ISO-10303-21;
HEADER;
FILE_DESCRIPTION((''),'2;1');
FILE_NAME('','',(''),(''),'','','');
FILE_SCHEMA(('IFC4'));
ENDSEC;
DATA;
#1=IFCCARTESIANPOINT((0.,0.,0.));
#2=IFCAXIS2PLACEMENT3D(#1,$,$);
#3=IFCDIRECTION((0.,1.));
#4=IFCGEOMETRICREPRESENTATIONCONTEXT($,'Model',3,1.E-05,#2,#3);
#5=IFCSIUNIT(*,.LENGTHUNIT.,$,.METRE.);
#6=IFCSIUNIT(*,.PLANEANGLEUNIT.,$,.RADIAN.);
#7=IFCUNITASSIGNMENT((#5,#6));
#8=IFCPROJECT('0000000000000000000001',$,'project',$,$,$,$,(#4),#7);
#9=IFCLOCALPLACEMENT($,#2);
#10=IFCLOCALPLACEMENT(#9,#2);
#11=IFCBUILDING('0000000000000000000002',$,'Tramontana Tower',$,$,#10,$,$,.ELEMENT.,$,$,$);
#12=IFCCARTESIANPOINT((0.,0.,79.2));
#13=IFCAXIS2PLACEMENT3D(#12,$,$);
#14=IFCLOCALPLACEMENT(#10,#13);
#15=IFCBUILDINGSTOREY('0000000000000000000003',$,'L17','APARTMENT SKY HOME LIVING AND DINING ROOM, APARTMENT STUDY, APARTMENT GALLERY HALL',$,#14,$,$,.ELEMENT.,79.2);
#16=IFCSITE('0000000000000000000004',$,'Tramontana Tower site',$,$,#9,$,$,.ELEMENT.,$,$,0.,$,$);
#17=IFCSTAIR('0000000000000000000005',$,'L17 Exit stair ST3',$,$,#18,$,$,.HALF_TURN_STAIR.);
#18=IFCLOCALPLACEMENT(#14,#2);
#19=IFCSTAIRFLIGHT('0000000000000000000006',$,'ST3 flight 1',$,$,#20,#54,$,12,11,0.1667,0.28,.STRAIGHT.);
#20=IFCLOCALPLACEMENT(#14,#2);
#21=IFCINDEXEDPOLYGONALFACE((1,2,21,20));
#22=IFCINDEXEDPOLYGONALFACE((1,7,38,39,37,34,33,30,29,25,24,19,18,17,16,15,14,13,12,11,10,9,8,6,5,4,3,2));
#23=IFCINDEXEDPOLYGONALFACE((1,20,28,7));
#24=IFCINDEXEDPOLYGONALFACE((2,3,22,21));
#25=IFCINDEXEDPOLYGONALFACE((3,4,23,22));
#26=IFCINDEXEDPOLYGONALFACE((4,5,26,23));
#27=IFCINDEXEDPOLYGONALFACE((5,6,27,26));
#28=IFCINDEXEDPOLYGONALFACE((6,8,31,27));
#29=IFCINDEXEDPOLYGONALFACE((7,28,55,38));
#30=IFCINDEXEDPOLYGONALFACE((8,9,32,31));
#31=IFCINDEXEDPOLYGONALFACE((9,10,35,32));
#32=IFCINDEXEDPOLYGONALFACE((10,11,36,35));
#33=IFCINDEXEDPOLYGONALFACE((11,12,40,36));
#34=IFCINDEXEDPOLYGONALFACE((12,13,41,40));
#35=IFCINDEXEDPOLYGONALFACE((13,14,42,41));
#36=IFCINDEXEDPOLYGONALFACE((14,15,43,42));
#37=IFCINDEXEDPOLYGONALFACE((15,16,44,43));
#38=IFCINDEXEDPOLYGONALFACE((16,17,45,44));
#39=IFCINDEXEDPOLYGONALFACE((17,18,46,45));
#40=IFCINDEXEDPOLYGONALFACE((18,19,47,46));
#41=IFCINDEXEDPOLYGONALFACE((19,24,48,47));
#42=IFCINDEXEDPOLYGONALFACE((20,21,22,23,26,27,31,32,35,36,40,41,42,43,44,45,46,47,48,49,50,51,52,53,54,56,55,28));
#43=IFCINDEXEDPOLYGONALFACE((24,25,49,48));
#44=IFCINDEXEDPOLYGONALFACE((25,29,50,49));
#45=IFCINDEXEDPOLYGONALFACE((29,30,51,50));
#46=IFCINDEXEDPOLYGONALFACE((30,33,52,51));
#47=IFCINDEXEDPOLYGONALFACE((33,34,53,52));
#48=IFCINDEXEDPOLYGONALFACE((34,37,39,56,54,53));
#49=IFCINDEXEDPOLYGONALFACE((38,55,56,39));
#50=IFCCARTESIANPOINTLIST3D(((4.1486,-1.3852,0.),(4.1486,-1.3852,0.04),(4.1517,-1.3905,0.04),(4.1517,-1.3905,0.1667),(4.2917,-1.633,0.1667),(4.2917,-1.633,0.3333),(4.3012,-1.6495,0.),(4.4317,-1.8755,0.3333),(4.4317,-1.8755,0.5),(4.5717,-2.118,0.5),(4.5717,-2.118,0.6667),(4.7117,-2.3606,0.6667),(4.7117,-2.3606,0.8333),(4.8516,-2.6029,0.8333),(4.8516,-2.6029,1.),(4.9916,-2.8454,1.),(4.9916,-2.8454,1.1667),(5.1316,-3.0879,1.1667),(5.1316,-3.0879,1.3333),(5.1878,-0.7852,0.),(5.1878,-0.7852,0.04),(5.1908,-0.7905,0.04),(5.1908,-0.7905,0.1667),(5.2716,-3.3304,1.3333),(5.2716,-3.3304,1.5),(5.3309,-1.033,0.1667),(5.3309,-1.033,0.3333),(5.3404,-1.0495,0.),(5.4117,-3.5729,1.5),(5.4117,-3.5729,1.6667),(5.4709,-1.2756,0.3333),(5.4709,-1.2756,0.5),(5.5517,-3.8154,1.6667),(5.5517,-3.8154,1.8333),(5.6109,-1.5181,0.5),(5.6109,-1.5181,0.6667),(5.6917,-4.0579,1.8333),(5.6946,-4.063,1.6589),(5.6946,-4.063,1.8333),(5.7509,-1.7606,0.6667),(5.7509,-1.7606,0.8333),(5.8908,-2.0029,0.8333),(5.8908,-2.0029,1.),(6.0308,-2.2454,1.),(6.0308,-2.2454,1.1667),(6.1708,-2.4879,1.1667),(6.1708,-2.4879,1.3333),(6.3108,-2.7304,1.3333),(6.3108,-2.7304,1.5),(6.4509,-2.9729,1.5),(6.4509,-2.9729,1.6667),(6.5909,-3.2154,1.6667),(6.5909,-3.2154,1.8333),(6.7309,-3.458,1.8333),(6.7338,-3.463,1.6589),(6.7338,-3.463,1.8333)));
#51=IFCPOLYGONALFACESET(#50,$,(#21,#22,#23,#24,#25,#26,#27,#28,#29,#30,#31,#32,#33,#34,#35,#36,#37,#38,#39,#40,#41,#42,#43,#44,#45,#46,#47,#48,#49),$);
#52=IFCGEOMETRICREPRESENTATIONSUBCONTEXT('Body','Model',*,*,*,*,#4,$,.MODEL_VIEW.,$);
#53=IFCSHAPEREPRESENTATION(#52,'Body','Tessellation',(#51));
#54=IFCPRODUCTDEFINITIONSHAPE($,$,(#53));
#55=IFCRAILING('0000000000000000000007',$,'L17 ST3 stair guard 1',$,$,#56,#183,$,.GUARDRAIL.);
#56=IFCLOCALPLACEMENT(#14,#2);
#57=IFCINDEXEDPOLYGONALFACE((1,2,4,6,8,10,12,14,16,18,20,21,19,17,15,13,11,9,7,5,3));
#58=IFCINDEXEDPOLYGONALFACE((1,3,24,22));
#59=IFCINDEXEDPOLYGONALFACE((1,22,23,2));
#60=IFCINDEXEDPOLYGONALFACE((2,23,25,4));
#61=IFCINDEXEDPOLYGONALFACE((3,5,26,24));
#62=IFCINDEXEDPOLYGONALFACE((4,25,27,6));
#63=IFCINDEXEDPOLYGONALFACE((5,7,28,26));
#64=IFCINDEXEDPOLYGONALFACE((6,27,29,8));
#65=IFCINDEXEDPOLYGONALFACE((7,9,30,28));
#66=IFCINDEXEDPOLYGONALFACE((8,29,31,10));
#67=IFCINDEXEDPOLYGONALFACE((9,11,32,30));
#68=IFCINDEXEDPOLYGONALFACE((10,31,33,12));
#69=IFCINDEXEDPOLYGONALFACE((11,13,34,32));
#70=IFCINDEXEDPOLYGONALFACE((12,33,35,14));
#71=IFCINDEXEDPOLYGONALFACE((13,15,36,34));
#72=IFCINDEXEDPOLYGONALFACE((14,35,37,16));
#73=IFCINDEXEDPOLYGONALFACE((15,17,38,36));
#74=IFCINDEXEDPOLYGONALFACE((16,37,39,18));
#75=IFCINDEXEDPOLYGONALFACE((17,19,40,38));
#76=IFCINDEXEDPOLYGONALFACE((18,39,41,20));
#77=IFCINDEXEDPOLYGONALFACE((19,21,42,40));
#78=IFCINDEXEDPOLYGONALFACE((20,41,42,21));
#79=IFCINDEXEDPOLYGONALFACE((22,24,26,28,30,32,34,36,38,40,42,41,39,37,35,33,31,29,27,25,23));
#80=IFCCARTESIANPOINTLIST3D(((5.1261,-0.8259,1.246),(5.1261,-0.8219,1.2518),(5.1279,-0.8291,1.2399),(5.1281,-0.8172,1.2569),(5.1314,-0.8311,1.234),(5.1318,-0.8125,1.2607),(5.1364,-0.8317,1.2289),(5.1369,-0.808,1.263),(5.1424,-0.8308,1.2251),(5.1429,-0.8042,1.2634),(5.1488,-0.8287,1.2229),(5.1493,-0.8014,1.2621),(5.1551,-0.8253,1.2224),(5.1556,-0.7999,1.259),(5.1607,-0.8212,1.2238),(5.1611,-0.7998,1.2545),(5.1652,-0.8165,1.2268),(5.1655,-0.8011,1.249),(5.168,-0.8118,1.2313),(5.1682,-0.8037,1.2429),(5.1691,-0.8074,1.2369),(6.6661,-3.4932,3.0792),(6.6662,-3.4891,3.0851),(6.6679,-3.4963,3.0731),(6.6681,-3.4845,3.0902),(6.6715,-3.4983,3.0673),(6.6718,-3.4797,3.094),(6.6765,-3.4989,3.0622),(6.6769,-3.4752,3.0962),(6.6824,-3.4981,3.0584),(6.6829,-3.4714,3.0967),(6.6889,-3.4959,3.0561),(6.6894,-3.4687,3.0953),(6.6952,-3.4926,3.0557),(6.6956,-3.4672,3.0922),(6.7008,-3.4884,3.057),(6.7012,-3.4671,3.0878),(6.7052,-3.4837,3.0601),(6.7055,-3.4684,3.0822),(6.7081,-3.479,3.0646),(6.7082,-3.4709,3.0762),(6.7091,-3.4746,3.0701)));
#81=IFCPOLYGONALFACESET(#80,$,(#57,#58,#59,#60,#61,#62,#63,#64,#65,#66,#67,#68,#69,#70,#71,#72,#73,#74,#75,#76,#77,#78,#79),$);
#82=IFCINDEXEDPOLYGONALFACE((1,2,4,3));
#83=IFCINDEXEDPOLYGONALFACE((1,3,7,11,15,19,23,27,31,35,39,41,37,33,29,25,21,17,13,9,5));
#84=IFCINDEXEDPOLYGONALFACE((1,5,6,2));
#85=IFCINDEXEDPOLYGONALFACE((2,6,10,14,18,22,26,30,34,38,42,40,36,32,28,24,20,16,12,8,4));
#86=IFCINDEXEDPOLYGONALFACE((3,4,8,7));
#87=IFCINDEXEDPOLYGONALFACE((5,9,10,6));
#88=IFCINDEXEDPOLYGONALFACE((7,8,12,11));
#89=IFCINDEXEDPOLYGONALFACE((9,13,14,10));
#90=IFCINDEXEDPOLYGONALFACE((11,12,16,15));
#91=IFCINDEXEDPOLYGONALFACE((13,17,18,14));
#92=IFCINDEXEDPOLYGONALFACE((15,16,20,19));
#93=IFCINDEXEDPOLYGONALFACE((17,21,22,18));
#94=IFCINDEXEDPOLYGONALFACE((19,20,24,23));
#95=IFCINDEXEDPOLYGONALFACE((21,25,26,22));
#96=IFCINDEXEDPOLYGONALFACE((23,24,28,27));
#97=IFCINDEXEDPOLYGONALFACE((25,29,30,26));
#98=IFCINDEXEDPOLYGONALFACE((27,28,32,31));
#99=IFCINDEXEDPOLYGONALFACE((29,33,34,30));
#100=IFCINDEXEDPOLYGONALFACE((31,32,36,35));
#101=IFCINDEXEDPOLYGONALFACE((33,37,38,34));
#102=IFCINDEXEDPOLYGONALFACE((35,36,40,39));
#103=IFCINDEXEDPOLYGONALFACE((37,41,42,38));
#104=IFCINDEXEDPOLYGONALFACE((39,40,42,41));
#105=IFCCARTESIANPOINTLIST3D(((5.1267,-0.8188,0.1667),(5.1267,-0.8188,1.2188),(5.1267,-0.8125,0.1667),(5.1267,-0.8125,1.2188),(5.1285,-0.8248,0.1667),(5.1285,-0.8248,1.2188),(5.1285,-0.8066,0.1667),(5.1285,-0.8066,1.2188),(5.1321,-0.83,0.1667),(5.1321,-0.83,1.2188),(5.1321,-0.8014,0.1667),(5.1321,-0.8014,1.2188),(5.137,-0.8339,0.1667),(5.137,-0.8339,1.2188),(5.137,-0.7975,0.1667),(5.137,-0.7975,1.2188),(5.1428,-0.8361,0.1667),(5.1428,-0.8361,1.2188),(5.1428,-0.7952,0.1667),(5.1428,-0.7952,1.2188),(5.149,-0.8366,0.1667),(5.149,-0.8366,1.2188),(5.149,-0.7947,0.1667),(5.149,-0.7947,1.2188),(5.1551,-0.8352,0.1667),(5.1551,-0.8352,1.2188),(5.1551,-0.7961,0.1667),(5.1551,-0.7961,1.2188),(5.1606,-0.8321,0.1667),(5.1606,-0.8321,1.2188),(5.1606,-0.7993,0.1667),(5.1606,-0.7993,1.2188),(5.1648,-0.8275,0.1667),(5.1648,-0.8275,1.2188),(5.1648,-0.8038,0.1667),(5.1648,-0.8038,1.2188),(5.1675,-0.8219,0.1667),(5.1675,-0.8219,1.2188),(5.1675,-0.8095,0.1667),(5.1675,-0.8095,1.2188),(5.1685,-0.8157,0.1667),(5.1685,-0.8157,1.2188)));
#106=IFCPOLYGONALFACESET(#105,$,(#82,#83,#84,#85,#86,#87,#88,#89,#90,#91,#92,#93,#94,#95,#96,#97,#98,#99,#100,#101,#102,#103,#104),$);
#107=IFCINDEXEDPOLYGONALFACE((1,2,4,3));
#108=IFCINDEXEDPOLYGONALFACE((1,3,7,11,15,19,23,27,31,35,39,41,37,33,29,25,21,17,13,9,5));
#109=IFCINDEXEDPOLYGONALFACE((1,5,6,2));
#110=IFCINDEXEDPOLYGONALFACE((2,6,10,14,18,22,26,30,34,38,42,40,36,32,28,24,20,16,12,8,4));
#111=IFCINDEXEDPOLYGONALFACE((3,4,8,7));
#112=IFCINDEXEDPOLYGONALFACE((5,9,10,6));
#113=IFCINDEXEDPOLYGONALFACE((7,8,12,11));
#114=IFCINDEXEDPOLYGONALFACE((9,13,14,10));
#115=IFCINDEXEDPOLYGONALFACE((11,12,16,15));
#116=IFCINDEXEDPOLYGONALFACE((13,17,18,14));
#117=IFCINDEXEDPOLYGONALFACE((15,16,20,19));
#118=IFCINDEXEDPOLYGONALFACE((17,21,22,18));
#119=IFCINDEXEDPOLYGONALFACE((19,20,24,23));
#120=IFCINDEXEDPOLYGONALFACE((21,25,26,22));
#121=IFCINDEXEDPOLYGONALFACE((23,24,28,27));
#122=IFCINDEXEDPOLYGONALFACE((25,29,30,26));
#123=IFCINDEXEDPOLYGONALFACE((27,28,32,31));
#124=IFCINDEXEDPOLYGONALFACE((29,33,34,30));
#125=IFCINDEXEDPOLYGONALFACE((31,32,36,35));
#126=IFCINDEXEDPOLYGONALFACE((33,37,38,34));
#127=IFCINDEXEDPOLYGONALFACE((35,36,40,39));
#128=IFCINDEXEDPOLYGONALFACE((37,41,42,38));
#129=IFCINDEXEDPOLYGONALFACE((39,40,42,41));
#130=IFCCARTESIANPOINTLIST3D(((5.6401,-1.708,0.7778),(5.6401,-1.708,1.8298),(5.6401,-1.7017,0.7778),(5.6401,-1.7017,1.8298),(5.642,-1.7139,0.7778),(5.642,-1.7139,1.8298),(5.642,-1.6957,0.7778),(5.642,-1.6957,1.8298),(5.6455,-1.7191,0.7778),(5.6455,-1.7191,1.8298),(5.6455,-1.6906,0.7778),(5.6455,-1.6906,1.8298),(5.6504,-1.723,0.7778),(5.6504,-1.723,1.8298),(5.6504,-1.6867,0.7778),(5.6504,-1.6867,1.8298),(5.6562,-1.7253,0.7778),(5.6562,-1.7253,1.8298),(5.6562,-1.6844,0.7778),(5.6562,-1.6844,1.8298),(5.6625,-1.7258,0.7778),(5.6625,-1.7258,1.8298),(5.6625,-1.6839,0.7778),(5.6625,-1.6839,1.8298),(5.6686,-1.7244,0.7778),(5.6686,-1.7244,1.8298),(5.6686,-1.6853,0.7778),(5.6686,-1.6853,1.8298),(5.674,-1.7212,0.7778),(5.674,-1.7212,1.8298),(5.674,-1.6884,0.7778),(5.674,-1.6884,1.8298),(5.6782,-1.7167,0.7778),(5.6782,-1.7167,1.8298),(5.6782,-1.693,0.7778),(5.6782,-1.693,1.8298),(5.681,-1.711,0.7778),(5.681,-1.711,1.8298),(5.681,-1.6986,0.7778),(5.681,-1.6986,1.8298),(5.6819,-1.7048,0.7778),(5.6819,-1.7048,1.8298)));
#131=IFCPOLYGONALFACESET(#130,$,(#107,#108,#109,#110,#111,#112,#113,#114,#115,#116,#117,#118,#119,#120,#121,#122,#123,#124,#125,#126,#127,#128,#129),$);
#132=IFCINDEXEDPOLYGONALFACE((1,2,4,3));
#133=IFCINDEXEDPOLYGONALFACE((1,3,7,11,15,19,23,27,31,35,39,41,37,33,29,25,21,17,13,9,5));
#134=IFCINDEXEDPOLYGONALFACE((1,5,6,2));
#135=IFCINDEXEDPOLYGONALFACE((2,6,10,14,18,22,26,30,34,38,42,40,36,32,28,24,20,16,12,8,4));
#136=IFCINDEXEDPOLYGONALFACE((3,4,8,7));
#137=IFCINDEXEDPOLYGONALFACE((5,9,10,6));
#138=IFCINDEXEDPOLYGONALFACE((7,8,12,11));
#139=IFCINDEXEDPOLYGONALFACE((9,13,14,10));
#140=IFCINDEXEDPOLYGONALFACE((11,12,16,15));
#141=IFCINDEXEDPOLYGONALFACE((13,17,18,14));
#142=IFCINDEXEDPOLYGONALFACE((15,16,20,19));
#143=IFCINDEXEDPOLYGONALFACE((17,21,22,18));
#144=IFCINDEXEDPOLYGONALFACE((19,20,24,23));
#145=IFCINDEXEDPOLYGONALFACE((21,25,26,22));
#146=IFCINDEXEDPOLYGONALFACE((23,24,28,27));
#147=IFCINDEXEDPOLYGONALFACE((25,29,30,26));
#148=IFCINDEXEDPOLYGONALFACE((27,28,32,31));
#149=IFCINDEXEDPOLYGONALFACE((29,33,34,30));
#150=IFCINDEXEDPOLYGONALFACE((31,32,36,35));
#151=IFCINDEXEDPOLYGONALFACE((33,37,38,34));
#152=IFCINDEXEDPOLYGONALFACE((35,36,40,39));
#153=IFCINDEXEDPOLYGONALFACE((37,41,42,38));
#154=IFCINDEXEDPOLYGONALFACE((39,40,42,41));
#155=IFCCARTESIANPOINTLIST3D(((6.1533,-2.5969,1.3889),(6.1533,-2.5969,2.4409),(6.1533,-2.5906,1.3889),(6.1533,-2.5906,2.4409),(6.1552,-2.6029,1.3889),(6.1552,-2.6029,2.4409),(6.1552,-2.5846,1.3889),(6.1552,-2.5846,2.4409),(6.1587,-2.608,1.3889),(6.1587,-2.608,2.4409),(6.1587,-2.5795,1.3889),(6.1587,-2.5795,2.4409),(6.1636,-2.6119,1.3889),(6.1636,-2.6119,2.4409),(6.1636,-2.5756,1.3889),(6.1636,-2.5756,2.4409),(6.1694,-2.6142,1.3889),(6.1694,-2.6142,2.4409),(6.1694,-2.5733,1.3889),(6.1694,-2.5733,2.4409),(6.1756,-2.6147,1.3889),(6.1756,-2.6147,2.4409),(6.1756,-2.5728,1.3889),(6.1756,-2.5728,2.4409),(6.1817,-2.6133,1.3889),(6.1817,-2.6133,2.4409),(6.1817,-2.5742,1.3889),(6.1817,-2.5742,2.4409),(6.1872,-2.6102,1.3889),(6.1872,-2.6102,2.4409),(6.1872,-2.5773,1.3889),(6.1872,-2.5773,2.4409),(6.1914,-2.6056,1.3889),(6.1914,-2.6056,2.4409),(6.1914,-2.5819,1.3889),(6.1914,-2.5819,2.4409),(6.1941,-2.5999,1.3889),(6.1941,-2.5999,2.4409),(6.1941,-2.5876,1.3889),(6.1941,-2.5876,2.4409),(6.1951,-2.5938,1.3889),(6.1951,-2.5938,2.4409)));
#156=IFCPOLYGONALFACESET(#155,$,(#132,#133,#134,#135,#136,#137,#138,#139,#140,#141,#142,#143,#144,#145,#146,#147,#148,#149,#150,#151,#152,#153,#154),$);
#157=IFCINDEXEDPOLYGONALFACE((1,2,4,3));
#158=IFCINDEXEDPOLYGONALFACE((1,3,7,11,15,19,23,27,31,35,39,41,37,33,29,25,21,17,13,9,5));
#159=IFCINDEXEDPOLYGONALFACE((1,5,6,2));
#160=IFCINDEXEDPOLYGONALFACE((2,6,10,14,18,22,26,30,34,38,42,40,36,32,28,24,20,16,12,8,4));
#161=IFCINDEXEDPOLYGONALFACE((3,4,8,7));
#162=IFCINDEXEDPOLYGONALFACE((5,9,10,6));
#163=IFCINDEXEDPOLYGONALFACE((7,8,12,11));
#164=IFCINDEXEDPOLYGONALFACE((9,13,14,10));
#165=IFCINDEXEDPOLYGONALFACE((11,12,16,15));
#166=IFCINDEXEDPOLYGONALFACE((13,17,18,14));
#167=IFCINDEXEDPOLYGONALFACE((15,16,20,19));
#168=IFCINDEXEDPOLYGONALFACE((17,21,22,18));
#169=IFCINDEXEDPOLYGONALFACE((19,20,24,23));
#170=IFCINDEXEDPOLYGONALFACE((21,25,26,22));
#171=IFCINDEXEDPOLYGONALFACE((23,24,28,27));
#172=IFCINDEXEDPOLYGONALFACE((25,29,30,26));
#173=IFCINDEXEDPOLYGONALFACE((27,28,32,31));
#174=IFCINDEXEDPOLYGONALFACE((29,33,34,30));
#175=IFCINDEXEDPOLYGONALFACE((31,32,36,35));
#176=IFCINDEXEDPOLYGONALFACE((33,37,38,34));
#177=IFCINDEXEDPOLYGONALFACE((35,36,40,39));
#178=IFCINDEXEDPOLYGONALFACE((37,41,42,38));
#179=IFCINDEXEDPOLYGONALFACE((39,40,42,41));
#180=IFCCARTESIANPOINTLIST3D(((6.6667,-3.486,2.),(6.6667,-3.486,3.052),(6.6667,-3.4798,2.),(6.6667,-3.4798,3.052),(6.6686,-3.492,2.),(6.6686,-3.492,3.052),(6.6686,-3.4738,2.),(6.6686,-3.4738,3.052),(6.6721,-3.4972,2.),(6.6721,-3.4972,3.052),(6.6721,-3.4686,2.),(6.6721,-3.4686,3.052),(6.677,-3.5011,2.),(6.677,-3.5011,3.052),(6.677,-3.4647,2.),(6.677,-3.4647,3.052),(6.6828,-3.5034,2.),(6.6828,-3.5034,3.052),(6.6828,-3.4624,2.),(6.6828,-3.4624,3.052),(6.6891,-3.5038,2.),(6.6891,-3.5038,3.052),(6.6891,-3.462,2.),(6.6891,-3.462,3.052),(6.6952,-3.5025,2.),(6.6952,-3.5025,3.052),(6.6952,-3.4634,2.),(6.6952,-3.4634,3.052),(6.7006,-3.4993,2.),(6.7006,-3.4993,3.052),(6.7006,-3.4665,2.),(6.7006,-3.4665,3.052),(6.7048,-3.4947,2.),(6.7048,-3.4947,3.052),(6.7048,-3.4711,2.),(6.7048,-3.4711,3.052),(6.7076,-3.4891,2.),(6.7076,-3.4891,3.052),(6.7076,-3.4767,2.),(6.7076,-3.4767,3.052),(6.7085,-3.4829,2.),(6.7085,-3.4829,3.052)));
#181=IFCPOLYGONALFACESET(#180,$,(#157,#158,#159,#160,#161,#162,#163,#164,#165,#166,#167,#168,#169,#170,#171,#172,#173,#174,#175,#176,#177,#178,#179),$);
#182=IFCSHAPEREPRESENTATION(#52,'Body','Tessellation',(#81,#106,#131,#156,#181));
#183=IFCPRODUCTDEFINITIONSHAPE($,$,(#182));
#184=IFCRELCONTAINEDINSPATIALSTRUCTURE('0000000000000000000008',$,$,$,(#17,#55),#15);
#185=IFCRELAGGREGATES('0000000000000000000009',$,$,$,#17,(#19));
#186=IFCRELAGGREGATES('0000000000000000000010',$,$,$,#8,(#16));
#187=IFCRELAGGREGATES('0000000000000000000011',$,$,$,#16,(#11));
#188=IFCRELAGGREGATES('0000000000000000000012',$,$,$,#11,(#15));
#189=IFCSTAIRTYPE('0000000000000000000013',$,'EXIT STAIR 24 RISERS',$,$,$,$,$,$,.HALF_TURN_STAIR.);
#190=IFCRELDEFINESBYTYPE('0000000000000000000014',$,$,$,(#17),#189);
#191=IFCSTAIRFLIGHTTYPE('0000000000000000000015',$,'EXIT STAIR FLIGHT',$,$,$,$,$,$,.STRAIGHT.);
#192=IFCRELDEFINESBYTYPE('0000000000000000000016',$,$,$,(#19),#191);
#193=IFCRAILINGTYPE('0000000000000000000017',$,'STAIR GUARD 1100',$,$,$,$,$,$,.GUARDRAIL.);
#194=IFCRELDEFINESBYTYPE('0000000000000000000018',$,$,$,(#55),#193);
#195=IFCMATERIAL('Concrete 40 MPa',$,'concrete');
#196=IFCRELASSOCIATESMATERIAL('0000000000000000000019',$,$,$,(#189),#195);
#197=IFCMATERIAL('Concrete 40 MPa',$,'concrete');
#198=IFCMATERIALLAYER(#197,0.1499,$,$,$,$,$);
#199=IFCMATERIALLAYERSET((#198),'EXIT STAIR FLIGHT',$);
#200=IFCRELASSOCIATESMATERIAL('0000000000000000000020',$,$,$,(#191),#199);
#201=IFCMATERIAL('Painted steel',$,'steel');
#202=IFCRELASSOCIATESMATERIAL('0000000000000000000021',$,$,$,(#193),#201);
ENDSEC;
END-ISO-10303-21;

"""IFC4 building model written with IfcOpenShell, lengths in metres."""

from ifc_helpers import new_model, si_unit, direction, frame, origin, origin_2d, place, context, subcontext, project, spatial, polyline, circle, outline, extrude, material, layer, layer_set, type_object, element, aggregate, save


model = new_model("IFC4")

# Units and contexts
model_context = context("Model", 3, precision=1e-05, world=origin(), true_north=direction((0.0, 1.0)))
body_context = subcontext(model_context, "Body", "Model", "MODEL_VIEW")
ifc_project = project(units=[si_unit("LENGTHUNIT", "METRE"), si_unit("PLANEANGLEUNIT", "RADIAN")], contexts=[model_context])

# Site, building, storey
site_placement = place(None, origin())
site = spatial("IfcSite", under=ifc_project, at=site_placement, Name="Tramontana Tower site", CompositionType="ELEMENT", RefElevation=0.0)
building_placement = place(site_placement, origin())
building = spatial("IfcBuilding", under=site, at=building_placement, Name="Tramontana Tower", CompositionType="ELEMENT")
storey_placement = place(building_placement, frame((0.0, 0.0, 79.2)))
storey = spatial("IfcBuildingStorey", under=building, at=storey_placement, Name="L17", Description="APARTMENT SKY HOME LIVING AND DINING ROOM, APARTMENT STUDY, APARTMENT GALLERY HALL", CompositionType="ELEMENT", Elevation=79.2)

# Stair
ifc_material_1 = material(Name="Concrete 40 MPa", Category="concrete")
stair_type = type_object("IfcStairType", Name="EXIT STAIR 24 RISERS", PredefinedType="HALF_TURN_STAIR", material=ifc_material_1)
stair_1_placement = place(storey_placement, origin())
stair_1 = element("IfcStair", 1, at=stair_1_placement, inside=storey, type_object=stair_type, Name="L17 Exit stair ST3", PredefinedType="HALF_TURN_STAIR")

# Stair flight
ifc_material_2 = material(Name="Concrete 40 MPa", Category="concrete")
ifc_layer_1 = layer(ifc_material_2, 0.1499)
ifc_layer_set_1 = layer_set([ifc_layer_1], Name="EXIT STAIR FLIGHT")
stair_flight_type = type_object("IfcStairFlightType", Name="EXIT STAIR FLIGHT", PredefinedType="STRAIGHT", material=ifc_layer_set_1)
stair_flight_placement = place(storey_placement, frame((4.6711, -1.0906, 0.0), z_axis=(0.0, 0.0, 1.0), x_axis=(0.5, -0.866025, 0.0)))
stair_flight = element("IfcStairFlight", 2, at=stair_flight_placement, type_object=stair_flight_type, Name="ST3 flight 1", NumberOfRisers=12, NumberOfTreads=11, PredefinedType="STRAIGHT", RiserHeight=0.1667, TreadLength=0.28, context=body_context, shape_type="SweptSolid", body=[
    extrude(outline(polyline([(-0.0061, 0.0), (-0.0061, 0.04), (0.0, 0.04), (0.0, 0.1667), (0.28, 0.1667), (0.28, 0.3333), (0.5601, 0.3333), (0.5601, 0.5), (0.8401, 0.5), (0.8401, 0.6667), (1.1201, 0.6667), (1.1201, 0.8333), (1.3999, 0.8333), (1.3999, 1.0), (1.6799, 1.0), (1.6799, 1.1667), (1.96, 1.1667), (1.96, 1.3333), (2.24, 1.3333), (2.24, 1.5), (2.52, 1.5), (2.52, 1.6667), (2.8, 1.6667), (2.8, 1.8333), (3.0801, 1.8333), (3.0859, 1.8333), (3.0859, 1.6589), (0.2991, 0.0), (-0.0061, 0.0)])), frame((0.0, 0.6001, 0.0), z_axis=(0.0, -1.0, 0.0), x_axis=(1.0, 0.0, 0.0)), (0.0, 0.0, 1.0), 1.2),
])
aggregate(stair_1, [stair_flight])

# Railing
ifc_material_3 = material(Name="Painted steel", Category="steel")
railing_type_1 = type_object("IfcRailingType", Name="STAIR GUARD 1100", PredefinedType="GUARDRAIL", material=ifc_material_3)
railing_1_placement = place(storey_placement, frame((5.1475, -0.8157, 0.1667)))
element("IfcRailing", 3, at=railing_1_placement, inside=storey, type_object=railing_type_1, Name="L17 ST3 stair guard 1", PredefinedType="GUARDRAIL", context=body_context, shape_type="SweptSolid", body=[
    extrude(circle(Radius=0.0239, at=origin_2d()), frame((0.0, 0.0, 1.0762), z_axis=(0.429671, -0.744159, 0.511478), x_axis=(0.86601, 0.500027, 0.0)), (0.0, 0.0, 1.0), 3.5842),
    extrude(circle(Radius=0.021, at=origin_2d()), origin(), (0.0, 0.0, 1.0), 1.052),
    extrude(circle(Radius=0.021, at=origin_2d()), frame((0.5134, -0.8892, 0.6111)), (0.0, 0.0, 1.0), 1.052),
    extrude(circle(Radius=0.021, at=origin_2d()), frame((1.0266, -1.7781, 1.2222)), (0.0, 0.0, 1.0), 1.052),
    extrude(circle(Radius=0.021, at=origin_2d()), frame((1.54, -2.6672, 1.8333)), (0.0, 0.0, 1.0), 1.052),
])

save(model, "model.ifc")
